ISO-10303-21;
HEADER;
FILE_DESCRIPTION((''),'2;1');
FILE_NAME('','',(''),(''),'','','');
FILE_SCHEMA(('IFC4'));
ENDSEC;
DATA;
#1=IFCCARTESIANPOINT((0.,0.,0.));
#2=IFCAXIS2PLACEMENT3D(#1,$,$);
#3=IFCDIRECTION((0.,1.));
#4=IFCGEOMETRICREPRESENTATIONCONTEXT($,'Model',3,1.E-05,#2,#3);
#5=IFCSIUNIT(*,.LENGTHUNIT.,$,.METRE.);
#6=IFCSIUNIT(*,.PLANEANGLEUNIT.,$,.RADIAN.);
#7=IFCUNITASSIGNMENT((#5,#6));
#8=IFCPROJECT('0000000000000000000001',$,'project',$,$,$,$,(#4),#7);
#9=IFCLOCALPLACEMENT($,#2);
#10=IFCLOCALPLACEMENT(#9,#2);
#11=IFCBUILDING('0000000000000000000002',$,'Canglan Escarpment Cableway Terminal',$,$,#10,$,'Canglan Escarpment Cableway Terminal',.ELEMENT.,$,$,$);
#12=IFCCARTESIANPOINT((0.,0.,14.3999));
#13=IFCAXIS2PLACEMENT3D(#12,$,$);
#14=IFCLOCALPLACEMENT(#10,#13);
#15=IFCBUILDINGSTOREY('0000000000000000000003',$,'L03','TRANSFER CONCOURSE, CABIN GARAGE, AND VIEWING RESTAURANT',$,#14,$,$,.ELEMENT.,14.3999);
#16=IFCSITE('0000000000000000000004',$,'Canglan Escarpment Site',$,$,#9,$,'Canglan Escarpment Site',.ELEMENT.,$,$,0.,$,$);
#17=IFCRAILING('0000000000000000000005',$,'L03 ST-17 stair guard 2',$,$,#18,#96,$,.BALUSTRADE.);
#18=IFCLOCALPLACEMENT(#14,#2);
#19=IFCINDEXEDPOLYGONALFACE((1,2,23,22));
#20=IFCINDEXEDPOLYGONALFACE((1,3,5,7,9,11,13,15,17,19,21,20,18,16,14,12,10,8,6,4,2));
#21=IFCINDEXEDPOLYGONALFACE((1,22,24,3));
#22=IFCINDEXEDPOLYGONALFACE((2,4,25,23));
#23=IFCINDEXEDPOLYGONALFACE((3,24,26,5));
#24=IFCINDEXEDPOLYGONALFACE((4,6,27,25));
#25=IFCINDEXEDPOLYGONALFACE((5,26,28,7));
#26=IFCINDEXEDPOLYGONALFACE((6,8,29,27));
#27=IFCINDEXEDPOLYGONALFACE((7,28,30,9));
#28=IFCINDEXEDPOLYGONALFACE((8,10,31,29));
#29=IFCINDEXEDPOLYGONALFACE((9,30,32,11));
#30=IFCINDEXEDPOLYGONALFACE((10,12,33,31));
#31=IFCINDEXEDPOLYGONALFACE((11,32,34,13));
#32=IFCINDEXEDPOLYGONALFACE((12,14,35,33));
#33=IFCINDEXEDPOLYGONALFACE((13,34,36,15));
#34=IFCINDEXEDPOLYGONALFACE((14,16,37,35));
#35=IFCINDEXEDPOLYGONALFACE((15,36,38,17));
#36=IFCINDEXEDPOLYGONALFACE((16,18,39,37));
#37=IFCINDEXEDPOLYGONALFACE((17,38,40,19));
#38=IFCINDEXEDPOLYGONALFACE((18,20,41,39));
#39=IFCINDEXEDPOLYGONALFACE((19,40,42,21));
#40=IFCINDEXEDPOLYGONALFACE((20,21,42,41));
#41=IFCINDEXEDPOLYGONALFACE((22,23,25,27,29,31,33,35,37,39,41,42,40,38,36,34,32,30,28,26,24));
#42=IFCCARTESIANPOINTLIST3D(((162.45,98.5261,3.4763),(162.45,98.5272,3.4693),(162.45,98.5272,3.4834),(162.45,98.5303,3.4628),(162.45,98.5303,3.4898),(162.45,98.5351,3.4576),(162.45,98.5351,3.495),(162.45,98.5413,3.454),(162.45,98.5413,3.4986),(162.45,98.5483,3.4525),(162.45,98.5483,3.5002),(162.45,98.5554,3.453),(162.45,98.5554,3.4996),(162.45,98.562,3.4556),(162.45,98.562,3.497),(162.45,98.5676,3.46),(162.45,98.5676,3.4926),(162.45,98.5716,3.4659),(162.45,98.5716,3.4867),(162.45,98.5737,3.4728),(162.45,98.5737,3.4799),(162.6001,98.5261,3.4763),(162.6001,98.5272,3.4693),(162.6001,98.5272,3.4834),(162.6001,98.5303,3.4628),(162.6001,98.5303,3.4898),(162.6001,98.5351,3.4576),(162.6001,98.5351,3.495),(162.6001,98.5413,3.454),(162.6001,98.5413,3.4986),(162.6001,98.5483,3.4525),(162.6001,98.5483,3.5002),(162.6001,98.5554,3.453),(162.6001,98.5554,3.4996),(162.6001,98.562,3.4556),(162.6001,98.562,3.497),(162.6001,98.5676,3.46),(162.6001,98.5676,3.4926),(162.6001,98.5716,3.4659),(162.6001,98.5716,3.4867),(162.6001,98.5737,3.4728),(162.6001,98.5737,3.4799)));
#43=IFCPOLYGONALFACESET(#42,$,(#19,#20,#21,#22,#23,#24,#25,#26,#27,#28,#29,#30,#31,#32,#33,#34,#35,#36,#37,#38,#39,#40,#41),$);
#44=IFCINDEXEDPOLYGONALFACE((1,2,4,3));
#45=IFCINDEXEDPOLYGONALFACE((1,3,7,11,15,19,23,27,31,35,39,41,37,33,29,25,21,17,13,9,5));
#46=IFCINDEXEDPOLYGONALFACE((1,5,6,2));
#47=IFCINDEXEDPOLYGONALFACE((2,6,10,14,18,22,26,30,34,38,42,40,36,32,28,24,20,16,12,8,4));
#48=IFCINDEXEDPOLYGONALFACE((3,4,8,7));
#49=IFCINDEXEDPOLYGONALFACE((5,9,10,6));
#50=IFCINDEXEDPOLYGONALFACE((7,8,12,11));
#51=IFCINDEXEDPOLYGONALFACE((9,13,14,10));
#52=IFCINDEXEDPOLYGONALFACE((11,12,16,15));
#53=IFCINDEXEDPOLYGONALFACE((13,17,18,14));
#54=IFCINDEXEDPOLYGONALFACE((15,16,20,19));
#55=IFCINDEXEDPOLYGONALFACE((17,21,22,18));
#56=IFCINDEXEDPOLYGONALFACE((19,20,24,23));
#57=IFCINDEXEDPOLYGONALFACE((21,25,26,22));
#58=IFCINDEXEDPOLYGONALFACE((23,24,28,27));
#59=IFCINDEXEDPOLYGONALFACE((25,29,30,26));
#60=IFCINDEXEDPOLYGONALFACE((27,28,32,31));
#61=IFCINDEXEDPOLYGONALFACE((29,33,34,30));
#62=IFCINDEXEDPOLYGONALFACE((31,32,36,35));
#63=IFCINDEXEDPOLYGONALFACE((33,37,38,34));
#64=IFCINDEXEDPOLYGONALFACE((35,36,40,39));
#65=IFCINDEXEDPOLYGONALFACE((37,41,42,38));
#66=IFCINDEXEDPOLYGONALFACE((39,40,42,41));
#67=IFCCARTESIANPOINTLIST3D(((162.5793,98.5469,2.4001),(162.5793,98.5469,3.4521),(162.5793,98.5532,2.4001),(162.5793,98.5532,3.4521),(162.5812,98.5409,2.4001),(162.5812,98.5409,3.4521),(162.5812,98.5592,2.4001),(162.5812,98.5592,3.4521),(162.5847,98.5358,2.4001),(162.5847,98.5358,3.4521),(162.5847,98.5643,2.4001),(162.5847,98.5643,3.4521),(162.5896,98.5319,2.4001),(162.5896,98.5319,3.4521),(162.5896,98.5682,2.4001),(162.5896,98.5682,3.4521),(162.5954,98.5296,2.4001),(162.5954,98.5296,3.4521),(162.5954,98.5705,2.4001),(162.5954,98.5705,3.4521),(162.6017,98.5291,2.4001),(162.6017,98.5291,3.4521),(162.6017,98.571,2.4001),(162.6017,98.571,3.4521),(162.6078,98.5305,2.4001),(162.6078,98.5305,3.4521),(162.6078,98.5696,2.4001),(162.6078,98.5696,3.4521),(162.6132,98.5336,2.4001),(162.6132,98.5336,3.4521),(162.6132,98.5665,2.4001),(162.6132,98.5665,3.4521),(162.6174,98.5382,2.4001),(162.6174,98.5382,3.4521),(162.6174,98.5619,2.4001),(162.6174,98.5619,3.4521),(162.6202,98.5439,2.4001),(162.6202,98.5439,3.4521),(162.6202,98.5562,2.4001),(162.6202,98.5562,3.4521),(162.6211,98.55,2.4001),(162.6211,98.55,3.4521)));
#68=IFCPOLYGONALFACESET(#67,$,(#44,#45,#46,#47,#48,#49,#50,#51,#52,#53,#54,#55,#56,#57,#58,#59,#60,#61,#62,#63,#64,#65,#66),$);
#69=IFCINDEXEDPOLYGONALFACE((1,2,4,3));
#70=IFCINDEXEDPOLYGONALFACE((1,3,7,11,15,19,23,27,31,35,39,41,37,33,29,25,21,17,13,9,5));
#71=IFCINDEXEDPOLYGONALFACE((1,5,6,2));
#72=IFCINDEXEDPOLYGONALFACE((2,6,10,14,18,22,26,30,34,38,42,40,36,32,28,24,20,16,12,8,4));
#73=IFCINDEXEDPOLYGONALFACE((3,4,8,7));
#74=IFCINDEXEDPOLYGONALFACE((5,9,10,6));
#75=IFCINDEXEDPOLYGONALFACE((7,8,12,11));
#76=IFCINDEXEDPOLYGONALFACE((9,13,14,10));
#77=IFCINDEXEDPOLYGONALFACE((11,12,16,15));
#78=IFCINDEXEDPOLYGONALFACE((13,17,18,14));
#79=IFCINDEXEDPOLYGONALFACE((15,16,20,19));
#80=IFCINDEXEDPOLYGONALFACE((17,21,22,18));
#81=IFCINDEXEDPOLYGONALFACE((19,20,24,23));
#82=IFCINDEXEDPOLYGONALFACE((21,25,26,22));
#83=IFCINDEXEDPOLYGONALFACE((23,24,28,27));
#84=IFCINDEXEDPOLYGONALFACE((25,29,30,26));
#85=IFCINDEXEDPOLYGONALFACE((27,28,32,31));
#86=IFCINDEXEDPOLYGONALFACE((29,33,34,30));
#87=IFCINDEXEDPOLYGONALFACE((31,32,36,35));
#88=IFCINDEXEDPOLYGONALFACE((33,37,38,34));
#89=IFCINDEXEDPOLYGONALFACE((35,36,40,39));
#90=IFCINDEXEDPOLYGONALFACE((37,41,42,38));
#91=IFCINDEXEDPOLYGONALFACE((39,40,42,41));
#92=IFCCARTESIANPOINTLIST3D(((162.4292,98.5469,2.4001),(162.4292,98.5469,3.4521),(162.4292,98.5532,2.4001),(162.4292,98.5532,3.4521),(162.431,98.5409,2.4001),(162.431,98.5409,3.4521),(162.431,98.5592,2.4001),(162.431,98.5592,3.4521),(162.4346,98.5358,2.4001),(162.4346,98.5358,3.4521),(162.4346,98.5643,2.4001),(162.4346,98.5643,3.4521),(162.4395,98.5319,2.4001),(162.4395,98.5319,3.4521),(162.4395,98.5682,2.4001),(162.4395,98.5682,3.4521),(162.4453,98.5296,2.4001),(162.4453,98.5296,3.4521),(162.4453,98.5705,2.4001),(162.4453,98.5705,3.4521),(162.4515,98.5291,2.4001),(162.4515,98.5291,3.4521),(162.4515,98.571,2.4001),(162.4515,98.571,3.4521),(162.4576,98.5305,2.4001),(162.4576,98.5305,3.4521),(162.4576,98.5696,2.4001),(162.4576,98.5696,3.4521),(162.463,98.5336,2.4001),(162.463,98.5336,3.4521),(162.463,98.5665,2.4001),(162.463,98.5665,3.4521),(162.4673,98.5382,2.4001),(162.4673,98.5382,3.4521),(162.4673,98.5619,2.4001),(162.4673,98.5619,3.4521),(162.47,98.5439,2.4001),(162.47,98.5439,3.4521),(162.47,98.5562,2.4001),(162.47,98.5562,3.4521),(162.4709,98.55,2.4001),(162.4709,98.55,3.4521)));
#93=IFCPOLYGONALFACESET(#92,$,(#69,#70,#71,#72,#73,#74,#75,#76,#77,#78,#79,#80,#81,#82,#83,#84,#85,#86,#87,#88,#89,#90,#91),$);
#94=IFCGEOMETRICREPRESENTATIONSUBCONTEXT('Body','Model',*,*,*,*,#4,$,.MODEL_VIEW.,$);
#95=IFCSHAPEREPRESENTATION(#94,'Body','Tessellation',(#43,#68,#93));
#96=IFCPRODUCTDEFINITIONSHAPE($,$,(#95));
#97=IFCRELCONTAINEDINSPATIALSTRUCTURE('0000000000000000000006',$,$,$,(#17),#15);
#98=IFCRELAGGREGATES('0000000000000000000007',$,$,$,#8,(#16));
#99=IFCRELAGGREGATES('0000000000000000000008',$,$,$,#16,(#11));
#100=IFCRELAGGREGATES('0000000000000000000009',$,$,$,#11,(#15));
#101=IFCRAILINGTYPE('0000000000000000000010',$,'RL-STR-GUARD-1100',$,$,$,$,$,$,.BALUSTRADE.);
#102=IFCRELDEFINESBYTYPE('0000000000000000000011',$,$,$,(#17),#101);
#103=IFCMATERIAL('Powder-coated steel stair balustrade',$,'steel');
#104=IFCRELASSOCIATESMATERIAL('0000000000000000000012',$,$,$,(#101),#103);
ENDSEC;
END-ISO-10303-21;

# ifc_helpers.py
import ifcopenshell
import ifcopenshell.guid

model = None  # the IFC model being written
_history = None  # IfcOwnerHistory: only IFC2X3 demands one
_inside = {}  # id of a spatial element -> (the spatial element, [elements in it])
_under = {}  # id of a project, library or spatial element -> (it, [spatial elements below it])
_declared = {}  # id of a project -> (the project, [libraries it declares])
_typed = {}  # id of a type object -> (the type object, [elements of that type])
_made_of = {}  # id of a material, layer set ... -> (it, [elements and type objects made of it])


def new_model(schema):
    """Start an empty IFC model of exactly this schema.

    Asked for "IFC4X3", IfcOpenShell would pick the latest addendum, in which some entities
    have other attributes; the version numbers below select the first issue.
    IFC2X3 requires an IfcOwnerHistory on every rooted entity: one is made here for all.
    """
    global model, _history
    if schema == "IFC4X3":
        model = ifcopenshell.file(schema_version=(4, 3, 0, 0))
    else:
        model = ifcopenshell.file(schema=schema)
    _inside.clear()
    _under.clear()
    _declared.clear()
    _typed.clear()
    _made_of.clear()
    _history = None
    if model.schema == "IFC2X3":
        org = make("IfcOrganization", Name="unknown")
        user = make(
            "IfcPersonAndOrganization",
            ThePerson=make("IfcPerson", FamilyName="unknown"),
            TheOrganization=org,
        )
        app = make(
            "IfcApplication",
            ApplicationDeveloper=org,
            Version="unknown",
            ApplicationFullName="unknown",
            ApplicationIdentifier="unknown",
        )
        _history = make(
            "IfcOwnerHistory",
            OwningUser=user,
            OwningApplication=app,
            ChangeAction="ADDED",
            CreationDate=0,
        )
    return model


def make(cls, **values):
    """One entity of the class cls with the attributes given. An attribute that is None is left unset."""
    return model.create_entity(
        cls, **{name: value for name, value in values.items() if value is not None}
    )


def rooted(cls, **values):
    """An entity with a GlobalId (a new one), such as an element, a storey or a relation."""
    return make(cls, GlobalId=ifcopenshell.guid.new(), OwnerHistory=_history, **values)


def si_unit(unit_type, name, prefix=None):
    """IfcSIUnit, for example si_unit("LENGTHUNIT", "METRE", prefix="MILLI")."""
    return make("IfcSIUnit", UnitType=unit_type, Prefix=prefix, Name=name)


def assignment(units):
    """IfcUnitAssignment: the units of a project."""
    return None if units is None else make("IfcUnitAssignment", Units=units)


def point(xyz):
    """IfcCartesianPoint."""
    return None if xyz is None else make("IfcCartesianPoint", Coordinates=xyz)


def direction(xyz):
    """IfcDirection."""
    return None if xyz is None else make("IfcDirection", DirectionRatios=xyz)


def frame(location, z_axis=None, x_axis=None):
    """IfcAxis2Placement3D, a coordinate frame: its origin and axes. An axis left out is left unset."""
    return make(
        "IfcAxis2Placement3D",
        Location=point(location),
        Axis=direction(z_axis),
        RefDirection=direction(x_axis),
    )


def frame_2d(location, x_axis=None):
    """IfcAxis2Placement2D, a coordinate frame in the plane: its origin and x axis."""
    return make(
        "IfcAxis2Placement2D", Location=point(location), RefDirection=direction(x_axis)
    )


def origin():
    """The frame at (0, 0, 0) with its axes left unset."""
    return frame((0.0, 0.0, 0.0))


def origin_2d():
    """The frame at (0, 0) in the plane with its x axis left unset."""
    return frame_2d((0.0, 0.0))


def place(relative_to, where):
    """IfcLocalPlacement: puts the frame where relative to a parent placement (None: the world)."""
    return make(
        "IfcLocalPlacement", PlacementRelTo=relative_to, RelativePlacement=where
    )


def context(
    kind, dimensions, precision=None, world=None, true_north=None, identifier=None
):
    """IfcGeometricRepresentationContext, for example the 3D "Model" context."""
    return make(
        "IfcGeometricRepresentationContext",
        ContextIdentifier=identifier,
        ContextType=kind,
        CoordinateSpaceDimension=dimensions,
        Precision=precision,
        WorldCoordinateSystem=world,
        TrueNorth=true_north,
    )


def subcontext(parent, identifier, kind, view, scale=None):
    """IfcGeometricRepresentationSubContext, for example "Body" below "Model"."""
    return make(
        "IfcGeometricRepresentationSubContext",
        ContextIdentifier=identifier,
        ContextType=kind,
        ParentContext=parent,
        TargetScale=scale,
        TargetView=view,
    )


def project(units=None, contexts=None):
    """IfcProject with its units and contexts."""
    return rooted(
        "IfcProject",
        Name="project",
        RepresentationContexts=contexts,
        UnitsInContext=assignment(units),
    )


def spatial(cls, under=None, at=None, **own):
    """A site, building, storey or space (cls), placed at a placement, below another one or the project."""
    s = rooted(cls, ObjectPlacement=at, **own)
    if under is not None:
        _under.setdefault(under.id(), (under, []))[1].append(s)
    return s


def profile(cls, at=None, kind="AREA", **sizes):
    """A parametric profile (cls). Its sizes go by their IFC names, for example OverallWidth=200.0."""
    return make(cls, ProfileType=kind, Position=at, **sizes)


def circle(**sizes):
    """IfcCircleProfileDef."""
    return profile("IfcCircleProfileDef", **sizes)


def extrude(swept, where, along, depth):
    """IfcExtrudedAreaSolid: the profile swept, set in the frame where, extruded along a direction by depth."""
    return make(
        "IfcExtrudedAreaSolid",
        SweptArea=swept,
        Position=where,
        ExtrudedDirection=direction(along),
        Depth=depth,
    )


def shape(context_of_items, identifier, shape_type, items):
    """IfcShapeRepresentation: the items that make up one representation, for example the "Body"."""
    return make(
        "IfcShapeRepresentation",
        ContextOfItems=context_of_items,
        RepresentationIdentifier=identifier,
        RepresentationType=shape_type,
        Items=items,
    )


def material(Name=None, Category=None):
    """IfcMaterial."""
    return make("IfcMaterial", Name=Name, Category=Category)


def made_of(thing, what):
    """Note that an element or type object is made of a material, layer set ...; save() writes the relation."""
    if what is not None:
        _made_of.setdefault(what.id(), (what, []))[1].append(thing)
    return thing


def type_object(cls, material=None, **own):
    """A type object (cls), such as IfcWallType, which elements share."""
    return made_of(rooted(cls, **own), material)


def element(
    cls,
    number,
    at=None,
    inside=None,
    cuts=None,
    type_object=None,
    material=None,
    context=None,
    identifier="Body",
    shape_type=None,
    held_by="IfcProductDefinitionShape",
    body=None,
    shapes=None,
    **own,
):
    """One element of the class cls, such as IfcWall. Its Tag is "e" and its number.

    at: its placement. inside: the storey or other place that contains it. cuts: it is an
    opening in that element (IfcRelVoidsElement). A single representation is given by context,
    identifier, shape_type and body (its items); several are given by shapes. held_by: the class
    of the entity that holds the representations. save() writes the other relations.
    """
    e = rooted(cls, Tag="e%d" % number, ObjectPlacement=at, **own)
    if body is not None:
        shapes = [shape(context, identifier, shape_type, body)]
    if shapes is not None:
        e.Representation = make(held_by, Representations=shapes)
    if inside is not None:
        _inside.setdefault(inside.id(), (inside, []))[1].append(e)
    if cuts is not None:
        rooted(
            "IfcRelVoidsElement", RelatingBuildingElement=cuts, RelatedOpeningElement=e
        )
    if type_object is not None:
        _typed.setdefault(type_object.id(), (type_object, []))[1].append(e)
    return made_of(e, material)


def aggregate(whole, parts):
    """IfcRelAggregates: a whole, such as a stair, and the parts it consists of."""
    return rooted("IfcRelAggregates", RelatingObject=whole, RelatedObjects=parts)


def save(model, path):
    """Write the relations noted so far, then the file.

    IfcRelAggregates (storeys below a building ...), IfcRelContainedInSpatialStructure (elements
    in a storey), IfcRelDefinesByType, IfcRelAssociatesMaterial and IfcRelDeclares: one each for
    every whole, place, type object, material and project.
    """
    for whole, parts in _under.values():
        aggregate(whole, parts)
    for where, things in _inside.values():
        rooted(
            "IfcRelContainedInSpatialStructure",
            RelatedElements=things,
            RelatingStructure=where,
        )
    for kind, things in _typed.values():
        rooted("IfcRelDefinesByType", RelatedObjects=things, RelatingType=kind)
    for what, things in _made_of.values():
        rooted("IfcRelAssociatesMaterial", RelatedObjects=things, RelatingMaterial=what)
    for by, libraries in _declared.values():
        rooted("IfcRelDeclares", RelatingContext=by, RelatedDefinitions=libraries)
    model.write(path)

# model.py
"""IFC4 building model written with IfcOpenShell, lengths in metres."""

from ifc_helpers import new_model, si_unit, direction, frame, origin, origin_2d, place, context, subcontext, project, spatial, circle, extrude, material, type_object, element, save


model = new_model("IFC4")

# Units and contexts
model_context = context("Model", 3, precision=1e-05, world=origin(), true_north=direction((0.0, 1.0)))
body_context = subcontext(model_context, "Body", "Model", "MODEL_VIEW")
ifc_project = project(units=[si_unit("LENGTHUNIT", "METRE"), si_unit("PLANEANGLEUNIT", "RADIAN")], contexts=[model_context])

# Site, building, storey
site_placement = place(None, origin())
site = spatial("IfcSite", under=ifc_project, at=site_placement, Name="Canglan Escarpment Site", LongName="Canglan Escarpment Site", CompositionType="ELEMENT", RefElevation=0.0)
building_placement = place(site_placement, origin())
building = spatial("IfcBuilding", under=site, at=building_placement, Name="Canglan Escarpment Cableway Terminal", LongName="Canglan Escarpment Cableway Terminal", CompositionType="ELEMENT")
storey_placement = place(building_placement, frame((0.0, 0.0, 14.3999)))
storey = spatial("IfcBuildingStorey", under=building, at=storey_placement, Name="L03", Description="TRANSFER CONCOURSE, CABIN GARAGE, AND VIEWING RESTAURANT", CompositionType="ELEMENT", Elevation=14.3999)

# Railing
ifc_material_1 = material(Name="Powder-coated steel stair balustrade", Category="steel")
railing_type_1 = type_object("IfcRailingType", Name="RL-STR-GUARD-1100", PredefinedType="BALUSTRADE", material=ifc_material_1)
railing_1_placement = place(storey_placement, frame((162.6001, 98.55, 2.4001)))
element("IfcRailing", 1, at=railing_1_placement, inside=storey, type_object=railing_type_1, Name="L03 ST-17 stair guard 2", PredefinedType="BALUSTRADE", context=body_context, shape_type="SweptSolid", body=[
    extrude(circle(Radius=0.0239, at=origin_2d()), frame((0.0, 0.0, 1.0762), z_axis=(-1.0, 0.0, 0.0), x_axis=(0.0, -1.0, 0.0)), (0.0, 0.0, 1.0), 0.1501),
    extrude(circle(Radius=0.021, at=origin_2d()), origin(), (0.0, 0.0, 1.0), 1.052),
    extrude(circle(Radius=0.021, at=origin_2d()), frame((-0.1501, 0.0, 0.0)), (0.0, 0.0, 1.0), 1.052),
])

save(model, "model.ifc")
